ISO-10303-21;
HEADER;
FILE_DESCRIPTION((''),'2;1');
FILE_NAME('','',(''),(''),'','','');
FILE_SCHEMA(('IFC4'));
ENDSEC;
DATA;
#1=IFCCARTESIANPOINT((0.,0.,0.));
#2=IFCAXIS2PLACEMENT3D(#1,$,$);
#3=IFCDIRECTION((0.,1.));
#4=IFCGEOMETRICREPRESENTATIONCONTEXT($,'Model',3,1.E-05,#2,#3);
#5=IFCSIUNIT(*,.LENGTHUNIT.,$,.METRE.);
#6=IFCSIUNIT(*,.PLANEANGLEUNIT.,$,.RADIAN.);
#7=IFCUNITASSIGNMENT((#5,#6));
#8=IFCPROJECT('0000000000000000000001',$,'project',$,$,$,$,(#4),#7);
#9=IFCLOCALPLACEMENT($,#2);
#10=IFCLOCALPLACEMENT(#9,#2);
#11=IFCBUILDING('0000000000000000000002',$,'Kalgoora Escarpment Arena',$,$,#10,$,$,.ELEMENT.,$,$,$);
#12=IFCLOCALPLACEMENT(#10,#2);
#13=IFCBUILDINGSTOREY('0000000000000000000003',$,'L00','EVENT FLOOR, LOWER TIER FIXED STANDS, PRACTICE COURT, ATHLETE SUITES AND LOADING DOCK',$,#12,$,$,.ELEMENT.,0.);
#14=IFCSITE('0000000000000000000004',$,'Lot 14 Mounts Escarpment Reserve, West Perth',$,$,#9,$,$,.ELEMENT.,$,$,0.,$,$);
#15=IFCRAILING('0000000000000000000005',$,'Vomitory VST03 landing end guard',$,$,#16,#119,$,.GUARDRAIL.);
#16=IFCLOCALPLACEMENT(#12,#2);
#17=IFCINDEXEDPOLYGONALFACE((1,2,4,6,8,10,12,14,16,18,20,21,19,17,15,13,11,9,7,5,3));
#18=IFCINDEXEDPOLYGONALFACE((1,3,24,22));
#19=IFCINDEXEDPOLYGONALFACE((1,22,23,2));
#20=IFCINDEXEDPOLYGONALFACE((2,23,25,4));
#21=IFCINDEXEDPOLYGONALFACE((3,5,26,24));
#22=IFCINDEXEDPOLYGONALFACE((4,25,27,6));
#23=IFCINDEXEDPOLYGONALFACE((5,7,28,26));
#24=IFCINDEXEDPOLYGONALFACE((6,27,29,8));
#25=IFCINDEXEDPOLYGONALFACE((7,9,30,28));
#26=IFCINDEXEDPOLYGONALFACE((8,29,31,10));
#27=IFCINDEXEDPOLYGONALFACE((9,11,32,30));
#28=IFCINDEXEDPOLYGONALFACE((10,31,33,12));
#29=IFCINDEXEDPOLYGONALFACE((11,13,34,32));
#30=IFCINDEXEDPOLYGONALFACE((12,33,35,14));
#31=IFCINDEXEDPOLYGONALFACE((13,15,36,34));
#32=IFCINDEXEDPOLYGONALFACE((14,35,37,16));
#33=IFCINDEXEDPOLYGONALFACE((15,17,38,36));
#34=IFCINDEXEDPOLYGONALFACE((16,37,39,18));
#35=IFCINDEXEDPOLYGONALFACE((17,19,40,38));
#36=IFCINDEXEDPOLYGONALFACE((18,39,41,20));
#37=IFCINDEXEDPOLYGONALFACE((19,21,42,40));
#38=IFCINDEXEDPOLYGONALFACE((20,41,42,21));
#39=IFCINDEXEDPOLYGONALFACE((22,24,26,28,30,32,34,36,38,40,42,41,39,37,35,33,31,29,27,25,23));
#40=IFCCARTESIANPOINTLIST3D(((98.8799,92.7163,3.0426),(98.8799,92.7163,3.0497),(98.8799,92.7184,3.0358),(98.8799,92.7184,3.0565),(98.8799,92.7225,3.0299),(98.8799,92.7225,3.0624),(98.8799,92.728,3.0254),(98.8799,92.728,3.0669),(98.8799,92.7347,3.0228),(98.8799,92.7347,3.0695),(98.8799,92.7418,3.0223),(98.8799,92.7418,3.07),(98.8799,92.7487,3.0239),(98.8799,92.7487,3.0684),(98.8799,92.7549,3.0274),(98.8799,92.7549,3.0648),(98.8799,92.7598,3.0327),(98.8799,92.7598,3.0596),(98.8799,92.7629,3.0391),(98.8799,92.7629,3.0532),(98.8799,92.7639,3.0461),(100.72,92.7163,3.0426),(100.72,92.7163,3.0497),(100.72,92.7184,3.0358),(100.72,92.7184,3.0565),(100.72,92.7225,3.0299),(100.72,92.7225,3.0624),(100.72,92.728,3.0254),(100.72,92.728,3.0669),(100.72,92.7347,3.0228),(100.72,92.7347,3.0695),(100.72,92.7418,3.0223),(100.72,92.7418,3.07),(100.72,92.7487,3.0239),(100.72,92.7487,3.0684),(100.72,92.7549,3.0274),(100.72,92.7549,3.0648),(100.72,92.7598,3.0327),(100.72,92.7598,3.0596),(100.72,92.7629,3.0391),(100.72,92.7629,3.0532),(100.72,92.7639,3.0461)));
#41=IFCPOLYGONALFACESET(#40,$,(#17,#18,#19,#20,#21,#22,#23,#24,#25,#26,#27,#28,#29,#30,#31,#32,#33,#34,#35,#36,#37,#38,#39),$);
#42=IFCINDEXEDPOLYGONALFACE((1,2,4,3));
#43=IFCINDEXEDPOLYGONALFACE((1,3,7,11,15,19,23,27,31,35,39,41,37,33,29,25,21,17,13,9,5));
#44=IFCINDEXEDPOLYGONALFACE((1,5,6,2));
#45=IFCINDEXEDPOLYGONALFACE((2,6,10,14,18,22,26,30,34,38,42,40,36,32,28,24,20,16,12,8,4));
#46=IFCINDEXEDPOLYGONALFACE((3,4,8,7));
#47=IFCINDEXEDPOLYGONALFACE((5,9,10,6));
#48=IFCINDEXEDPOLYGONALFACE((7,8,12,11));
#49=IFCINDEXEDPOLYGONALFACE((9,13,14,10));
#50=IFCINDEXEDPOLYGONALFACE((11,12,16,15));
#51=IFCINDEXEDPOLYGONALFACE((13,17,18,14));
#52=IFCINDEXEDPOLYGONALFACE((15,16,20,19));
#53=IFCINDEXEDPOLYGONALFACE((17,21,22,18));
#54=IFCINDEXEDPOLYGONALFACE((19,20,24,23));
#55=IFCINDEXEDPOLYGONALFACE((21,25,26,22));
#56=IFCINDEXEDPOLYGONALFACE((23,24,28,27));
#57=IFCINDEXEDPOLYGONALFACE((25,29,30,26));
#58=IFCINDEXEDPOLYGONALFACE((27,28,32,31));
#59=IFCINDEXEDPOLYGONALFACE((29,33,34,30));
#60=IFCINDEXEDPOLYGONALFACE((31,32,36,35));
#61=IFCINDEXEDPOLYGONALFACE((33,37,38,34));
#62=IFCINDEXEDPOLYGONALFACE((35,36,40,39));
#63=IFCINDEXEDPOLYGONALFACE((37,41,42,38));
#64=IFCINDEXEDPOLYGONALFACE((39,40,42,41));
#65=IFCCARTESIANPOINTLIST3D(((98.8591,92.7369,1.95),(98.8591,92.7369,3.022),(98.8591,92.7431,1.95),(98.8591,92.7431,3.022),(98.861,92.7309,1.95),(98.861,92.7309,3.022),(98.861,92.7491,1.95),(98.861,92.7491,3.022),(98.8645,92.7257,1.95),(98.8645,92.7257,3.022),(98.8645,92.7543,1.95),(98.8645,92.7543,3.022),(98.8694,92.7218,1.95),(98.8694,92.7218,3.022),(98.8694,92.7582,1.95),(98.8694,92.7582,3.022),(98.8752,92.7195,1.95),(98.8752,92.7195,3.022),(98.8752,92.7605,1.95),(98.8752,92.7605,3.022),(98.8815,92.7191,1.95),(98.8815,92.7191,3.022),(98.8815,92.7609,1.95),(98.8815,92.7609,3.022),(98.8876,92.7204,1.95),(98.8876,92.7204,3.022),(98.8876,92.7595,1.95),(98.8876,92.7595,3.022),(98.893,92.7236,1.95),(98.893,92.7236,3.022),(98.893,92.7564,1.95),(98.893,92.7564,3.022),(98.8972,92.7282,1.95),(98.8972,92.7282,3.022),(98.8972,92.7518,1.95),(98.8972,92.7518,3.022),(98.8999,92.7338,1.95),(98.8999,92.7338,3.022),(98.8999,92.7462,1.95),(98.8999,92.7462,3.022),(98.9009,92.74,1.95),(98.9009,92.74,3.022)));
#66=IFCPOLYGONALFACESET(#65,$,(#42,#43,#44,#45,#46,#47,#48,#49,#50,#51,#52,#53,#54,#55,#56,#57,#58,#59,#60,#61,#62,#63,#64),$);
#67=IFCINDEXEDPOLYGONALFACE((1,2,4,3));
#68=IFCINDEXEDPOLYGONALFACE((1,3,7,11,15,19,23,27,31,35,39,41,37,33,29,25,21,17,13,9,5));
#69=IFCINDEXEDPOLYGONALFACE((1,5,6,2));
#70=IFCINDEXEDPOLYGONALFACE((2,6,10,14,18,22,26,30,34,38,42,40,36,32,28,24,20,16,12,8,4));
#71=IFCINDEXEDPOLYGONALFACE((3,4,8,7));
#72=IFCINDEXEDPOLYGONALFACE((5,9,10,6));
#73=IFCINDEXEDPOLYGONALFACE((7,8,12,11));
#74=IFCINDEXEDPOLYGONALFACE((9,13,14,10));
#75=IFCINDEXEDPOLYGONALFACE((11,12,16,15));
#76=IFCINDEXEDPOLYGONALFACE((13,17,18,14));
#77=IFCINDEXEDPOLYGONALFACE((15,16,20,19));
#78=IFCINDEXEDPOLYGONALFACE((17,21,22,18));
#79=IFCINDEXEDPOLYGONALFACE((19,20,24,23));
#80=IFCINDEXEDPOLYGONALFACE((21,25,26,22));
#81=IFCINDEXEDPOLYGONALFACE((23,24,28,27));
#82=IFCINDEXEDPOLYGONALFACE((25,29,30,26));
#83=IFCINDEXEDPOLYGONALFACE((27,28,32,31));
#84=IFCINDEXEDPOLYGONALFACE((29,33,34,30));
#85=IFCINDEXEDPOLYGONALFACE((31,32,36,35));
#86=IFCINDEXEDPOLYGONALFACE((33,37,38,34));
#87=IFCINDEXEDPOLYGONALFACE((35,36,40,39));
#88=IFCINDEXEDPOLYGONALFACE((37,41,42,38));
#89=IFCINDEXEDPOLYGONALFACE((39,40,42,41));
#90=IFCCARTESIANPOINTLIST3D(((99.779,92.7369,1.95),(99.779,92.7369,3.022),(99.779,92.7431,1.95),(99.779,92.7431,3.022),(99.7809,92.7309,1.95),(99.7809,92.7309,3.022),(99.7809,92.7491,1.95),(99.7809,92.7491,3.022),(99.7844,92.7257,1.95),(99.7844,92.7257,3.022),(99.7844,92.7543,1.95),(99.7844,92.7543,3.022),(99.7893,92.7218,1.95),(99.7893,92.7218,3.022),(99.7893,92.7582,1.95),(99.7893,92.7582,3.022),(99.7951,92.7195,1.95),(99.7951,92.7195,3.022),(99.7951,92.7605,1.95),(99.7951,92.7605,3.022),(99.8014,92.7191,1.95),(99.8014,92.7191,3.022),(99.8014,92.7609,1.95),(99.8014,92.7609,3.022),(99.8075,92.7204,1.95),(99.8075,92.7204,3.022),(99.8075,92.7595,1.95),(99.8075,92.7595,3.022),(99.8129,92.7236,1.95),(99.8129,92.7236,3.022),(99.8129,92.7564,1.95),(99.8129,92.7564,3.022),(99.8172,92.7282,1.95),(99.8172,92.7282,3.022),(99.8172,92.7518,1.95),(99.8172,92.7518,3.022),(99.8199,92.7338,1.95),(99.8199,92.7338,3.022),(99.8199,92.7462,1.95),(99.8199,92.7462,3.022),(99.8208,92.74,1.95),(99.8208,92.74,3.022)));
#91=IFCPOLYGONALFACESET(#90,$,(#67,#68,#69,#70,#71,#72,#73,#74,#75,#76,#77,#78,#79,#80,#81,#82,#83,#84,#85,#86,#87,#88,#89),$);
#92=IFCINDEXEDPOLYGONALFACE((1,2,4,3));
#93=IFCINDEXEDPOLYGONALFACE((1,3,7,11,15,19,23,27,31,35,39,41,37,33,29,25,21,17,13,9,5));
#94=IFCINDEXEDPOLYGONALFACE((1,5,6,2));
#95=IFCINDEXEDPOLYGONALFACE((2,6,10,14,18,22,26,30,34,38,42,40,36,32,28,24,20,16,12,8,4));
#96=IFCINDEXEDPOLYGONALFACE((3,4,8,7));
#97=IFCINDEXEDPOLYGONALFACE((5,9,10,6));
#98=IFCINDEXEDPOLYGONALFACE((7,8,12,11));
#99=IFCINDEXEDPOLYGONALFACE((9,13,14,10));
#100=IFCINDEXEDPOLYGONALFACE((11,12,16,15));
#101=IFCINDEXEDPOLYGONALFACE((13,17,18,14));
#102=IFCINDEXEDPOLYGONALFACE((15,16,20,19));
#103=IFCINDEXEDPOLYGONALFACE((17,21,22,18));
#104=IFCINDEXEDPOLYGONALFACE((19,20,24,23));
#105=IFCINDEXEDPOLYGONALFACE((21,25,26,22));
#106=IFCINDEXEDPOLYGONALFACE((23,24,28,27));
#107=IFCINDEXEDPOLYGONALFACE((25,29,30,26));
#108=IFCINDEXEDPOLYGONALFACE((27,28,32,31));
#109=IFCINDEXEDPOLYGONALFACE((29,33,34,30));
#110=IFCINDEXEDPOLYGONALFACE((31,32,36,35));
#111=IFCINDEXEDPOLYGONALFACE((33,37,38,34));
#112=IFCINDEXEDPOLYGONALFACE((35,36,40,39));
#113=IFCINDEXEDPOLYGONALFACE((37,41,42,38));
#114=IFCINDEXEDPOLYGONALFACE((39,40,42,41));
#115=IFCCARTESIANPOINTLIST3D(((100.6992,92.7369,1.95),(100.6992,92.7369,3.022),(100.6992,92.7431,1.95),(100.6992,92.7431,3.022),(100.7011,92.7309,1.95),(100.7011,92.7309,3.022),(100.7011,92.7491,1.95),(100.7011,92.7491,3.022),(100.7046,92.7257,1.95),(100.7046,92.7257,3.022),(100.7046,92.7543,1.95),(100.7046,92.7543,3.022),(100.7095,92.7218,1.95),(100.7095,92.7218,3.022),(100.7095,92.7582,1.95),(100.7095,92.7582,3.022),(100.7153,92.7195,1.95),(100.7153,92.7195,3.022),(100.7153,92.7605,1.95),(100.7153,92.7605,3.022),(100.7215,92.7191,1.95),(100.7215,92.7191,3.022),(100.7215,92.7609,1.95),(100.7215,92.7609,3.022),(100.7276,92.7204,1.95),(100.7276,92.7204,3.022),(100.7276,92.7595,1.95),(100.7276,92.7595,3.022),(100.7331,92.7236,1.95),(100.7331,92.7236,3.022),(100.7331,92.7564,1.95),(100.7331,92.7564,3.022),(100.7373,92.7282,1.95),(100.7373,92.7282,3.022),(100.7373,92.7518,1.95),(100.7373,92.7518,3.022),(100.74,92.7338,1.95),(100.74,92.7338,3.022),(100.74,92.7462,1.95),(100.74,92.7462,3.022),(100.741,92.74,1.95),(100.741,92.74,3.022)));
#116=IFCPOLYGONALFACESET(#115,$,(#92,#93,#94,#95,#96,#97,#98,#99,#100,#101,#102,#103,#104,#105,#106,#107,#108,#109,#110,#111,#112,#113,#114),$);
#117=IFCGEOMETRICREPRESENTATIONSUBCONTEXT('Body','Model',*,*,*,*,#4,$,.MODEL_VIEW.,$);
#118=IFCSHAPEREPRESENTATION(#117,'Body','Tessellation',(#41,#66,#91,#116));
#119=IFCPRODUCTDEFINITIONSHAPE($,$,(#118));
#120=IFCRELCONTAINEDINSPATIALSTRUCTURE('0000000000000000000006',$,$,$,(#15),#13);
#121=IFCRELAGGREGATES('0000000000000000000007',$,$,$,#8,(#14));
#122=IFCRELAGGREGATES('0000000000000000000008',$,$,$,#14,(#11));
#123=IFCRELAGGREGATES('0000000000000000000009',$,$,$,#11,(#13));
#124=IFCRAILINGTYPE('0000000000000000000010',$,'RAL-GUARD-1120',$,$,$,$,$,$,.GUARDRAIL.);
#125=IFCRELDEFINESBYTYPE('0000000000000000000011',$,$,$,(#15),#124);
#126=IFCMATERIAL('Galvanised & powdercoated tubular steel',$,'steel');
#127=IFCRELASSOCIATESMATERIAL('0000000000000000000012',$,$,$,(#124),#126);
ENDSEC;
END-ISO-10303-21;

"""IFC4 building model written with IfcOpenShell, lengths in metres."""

from ifc_helpers import new_model, si_unit, direction, frame, origin, origin_2d, place, context, subcontext, project, spatial, circle, extrude, material, type_object, element, save


model = new_model("IFC4")

# Units and contexts
model_context = context("Model", 3, precision=1e-05, world=origin(), true_north=direction((0.0, 1.0)))
body_context = subcontext(model_context, "Body", "Model", "MODEL_VIEW")
ifc_project = project(units=[si_unit("LENGTHUNIT", "METRE"), si_unit("PLANEANGLEUNIT", "RADIAN")], contexts=[model_context])

# Site, building, storey
site_placement = place(None, origin())
site = spatial("IfcSite", under=ifc_project, at=site_placement, Name="Lot 14 Mounts Escarpment Reserve, West Perth", CompositionType="ELEMENT", RefElevation=0.0)
building_placement = place(site_placement, origin())
building = spatial("IfcBuilding", under=site, at=building_placement, Name="Kalgoora Escarpment Arena", CompositionType="ELEMENT")
storey_placement = place(building_placement, origin())
storey = spatial("IfcBuildingStorey", under=building, at=storey_placement, Name="L00", Description="EVENT FLOOR, LOWER TIER FIXED STANDS, PRACTICE COURT, ATHLETE SUITES AND LOADING DOCK", CompositionType="ELEMENT", Elevation=0.0)

# Railing
ifc_material_1 = material(Name="Galvanised & powdercoated tubular steel", Category="steel")
railing_type_1 = type_object("IfcRailingType", Name="RAL-GUARD-1120", PredefinedType="GUARDRAIL", material=ifc_material_1)
railing_1_placement = place(storey_placement, frame((98.8799, 92.74, 1.95)))
element("IfcRailing", 1, at=railing_1_placement, inside=storey, type_object=railing_type_1, Name="Vomitory VST03 landing end guard", PredefinedType="GUARDRAIL", context=body_context, shape_type="SweptSolid", body=[
    extrude(circle(Radius=0.0239, at=origin_2d()), frame((0.0, 0.0, 1.0962), z_axis=(1.0, 0.0, 0.0), x_axis=(0.0, 1.0, 0.0)), (0.0, 0.0, 1.0), 1.8401),
    extrude(circle(Radius=0.021, at=origin_2d()), origin(), (0.0, 0.0, 1.0), 1.072),
    extrude(circle(Radius=0.021, at=origin_2d()), frame((0.9199, 0.0, 0.0)), (0.0, 0.0, 1.0), 1.072),
    extrude(circle(Radius=0.021, at=origin_2d()), frame((1.8401, 0.0, 0.0)), (0.0, 0.0, 1.0), 1.072),
])

save(model, "model.ifc")
